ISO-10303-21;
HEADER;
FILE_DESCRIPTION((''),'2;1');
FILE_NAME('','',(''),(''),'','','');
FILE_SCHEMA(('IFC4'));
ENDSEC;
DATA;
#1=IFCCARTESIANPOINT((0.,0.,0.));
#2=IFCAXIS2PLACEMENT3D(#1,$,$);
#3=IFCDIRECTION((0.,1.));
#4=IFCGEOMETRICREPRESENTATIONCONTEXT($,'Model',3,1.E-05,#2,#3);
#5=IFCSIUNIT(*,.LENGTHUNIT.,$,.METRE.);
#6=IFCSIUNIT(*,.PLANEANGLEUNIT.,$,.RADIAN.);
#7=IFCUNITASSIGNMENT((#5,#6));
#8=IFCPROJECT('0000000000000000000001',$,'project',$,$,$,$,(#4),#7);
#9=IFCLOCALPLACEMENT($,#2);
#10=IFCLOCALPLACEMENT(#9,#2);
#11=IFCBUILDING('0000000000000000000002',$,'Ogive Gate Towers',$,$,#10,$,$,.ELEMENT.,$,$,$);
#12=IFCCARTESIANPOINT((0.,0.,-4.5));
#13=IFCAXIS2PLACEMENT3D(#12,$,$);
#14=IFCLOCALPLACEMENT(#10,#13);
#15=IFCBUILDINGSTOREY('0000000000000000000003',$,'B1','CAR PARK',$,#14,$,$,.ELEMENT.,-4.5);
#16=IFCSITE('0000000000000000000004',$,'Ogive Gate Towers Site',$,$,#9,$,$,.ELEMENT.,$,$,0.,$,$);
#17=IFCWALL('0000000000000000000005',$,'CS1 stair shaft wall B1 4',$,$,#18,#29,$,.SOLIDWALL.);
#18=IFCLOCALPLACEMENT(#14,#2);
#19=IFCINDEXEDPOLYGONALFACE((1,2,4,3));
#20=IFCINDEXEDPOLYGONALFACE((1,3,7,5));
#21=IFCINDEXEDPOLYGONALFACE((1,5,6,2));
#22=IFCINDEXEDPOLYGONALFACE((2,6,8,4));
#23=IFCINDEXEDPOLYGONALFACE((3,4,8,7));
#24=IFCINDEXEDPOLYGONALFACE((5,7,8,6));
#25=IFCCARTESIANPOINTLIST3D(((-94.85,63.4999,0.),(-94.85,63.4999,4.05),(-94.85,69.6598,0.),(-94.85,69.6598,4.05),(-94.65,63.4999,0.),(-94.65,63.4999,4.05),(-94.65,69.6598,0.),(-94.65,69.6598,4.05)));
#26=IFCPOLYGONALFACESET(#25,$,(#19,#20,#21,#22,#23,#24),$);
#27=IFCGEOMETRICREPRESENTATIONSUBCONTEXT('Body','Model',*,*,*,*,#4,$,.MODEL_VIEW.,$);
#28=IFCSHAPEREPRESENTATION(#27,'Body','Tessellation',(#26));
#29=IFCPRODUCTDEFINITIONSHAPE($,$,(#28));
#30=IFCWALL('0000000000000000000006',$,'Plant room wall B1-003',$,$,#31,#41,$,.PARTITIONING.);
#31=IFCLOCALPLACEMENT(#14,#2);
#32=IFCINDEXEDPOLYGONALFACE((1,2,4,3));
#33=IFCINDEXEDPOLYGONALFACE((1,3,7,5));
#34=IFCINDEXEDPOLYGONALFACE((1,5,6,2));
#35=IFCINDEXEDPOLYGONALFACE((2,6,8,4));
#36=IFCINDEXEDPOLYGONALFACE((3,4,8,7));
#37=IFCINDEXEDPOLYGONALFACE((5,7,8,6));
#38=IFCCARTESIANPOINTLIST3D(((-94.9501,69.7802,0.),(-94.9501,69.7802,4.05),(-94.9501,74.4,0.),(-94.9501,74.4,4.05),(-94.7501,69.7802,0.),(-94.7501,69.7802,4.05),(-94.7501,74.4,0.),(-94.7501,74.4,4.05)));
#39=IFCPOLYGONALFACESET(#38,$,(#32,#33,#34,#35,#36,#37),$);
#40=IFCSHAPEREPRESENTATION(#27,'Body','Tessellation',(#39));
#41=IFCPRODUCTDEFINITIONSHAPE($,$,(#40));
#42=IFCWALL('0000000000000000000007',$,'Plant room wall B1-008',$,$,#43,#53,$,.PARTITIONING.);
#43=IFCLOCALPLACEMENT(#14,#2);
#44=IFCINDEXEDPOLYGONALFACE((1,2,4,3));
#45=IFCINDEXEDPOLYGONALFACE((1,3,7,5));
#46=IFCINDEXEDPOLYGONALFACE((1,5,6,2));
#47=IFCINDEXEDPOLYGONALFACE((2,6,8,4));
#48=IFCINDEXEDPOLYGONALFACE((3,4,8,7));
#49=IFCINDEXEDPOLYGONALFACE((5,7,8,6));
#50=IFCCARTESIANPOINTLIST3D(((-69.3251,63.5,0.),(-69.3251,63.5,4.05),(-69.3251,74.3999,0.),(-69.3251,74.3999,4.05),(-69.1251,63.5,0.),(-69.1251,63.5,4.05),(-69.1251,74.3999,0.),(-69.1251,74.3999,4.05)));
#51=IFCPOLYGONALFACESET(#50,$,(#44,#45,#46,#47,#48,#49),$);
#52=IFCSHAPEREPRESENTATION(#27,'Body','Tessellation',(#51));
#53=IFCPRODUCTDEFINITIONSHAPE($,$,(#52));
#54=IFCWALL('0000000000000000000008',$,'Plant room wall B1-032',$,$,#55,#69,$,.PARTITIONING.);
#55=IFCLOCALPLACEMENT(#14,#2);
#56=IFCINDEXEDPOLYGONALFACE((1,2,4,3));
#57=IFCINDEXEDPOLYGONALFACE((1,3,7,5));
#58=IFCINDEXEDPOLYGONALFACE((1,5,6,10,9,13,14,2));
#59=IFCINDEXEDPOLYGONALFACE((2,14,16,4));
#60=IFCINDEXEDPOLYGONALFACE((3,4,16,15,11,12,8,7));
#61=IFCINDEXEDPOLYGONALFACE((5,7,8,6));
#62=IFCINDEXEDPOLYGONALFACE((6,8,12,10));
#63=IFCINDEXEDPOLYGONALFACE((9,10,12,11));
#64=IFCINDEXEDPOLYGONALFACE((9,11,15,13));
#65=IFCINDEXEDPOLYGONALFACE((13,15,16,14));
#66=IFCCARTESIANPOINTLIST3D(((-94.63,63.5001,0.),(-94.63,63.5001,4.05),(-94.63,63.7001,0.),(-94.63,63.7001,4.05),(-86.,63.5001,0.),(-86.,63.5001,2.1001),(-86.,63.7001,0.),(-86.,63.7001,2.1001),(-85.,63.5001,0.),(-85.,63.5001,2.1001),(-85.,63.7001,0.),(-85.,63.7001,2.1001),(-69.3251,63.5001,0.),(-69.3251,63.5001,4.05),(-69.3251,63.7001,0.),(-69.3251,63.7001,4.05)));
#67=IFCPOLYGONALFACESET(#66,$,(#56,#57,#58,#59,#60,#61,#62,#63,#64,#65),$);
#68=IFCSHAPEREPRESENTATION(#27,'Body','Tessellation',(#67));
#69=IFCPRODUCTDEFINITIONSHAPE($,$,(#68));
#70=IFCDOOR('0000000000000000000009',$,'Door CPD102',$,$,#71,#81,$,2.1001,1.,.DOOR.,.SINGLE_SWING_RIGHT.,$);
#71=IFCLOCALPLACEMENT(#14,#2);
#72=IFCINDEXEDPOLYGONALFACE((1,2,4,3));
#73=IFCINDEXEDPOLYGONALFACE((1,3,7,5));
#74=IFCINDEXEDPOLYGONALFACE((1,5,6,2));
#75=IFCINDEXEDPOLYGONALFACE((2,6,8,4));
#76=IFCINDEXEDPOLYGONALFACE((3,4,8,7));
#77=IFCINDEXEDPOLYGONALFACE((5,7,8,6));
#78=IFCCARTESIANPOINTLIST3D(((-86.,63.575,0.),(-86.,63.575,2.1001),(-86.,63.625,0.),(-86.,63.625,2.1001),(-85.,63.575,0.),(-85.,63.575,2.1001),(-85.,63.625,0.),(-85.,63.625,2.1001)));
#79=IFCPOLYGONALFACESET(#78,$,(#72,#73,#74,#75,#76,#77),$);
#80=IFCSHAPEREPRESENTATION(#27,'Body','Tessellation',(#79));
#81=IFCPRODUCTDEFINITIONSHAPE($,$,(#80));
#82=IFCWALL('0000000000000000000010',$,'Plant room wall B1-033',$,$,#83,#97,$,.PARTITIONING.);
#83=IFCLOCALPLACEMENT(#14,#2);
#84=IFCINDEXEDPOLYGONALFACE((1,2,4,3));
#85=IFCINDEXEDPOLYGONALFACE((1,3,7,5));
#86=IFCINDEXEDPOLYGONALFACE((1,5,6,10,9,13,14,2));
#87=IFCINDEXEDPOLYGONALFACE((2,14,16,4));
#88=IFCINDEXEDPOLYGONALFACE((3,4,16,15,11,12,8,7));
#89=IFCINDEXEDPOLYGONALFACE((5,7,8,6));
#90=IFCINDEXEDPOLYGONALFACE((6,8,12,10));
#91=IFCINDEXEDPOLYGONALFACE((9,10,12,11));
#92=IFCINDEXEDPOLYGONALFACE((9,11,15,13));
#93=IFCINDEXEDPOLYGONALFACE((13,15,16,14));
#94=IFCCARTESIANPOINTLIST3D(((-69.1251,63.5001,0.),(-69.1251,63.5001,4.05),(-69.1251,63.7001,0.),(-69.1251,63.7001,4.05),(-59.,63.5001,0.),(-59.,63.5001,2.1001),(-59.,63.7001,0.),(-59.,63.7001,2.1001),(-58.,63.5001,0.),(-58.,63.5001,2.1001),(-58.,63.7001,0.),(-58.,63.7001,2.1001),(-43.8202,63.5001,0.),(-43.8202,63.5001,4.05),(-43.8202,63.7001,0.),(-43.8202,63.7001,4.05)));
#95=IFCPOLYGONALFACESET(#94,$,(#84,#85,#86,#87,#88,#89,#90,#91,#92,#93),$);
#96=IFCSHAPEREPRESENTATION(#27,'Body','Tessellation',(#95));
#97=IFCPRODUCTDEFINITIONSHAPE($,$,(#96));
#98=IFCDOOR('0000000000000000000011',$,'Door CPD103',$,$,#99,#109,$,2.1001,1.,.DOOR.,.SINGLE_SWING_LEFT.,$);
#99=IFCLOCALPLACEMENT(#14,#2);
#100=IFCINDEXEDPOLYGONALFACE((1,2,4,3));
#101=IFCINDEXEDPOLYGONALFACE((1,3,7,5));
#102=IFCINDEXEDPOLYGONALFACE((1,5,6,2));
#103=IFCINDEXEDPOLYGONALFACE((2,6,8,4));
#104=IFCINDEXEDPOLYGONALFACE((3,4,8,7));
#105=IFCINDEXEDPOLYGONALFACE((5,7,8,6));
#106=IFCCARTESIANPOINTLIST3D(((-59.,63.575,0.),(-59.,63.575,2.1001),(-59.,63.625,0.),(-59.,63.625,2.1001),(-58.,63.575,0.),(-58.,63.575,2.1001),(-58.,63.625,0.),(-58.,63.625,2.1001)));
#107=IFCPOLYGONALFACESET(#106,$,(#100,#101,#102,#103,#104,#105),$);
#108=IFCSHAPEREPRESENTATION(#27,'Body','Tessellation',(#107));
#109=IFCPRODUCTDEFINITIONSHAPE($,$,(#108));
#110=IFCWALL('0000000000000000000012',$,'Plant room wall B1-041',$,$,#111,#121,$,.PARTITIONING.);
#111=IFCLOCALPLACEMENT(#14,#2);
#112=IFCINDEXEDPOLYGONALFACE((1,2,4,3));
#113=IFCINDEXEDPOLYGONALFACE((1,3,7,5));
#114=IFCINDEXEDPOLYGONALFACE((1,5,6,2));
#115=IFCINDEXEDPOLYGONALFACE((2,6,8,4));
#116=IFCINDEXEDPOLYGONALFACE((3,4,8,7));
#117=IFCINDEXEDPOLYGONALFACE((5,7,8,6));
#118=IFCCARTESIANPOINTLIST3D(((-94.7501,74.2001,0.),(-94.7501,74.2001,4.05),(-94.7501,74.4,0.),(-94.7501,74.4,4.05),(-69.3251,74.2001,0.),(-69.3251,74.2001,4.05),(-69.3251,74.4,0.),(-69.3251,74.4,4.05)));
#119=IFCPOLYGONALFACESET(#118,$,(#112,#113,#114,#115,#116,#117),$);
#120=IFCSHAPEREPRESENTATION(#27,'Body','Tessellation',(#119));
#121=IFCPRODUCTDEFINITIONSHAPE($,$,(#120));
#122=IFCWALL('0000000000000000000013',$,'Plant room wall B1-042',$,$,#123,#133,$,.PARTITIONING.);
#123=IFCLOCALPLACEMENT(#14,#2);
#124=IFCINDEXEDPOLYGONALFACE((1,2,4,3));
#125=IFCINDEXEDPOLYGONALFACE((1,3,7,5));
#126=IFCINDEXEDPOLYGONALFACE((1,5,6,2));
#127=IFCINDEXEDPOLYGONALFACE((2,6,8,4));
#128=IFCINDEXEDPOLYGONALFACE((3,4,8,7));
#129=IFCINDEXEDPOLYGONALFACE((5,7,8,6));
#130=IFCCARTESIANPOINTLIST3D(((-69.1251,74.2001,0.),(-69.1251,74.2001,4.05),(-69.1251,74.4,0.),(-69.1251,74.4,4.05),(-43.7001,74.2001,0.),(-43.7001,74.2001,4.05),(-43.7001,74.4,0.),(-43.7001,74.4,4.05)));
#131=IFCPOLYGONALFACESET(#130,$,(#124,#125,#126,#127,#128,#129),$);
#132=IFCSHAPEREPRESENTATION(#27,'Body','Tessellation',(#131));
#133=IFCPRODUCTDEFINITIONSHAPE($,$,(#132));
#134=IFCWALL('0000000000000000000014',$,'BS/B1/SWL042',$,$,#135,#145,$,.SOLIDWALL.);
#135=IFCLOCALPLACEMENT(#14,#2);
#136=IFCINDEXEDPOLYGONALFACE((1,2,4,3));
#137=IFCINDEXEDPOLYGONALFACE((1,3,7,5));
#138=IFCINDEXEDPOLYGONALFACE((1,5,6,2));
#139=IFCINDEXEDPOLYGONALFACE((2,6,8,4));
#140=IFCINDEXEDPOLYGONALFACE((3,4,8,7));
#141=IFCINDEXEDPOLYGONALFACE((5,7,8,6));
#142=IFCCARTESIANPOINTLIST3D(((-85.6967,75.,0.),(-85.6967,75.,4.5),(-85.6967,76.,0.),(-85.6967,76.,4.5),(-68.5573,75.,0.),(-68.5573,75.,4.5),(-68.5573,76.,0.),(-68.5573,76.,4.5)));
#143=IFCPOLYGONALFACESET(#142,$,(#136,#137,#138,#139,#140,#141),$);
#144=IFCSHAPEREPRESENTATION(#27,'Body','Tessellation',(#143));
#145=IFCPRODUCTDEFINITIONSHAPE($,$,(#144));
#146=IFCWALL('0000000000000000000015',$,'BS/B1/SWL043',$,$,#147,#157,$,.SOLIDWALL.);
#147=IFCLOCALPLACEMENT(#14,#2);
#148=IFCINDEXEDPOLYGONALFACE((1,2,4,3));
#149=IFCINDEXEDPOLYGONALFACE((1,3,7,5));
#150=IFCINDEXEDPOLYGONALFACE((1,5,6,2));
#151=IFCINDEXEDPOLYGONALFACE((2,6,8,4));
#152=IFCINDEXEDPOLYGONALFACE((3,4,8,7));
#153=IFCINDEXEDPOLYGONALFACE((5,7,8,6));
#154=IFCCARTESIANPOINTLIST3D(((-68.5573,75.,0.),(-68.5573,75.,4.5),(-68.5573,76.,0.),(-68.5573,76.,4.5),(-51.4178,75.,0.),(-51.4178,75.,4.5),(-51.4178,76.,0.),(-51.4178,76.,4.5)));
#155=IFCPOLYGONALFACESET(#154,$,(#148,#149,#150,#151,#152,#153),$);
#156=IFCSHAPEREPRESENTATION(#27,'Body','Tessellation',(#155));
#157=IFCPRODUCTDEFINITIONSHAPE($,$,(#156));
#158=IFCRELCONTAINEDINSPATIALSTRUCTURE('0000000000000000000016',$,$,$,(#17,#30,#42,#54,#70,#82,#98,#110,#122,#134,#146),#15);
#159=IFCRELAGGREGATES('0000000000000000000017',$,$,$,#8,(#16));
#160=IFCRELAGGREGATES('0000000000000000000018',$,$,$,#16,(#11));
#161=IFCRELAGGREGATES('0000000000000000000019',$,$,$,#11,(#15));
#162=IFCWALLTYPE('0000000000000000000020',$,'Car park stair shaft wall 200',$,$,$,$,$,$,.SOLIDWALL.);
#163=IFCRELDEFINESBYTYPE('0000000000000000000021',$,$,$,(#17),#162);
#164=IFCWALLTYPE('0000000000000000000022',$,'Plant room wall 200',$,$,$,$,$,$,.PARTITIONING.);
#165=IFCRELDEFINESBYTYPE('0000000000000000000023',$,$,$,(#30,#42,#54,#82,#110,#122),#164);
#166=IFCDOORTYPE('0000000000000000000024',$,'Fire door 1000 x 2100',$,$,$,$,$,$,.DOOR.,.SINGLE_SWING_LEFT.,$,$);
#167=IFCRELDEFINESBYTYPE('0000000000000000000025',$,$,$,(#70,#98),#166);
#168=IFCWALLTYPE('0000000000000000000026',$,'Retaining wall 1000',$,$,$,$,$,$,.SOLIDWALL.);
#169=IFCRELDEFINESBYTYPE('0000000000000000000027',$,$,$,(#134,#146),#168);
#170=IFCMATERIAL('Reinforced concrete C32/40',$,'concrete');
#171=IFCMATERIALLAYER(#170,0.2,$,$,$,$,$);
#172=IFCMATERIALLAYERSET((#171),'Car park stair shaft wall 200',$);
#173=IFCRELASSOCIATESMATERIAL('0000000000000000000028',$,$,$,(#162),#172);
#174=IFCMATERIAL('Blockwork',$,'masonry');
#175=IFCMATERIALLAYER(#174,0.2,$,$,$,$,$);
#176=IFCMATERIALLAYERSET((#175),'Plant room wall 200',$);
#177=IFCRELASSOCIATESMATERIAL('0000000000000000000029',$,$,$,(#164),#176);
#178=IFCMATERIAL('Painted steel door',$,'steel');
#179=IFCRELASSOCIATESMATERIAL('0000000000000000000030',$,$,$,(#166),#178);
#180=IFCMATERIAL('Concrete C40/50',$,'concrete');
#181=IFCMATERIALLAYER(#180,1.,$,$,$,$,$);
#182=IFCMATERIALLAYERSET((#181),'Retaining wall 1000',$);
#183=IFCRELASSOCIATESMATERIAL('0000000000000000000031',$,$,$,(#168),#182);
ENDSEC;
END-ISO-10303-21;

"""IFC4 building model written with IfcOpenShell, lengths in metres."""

from ifc_helpers import new_model, si_unit, direction, frame, frame_2d, origin, place, context, subcontext, project, spatial, rectangle, extrude, material, layer, layer_set, type_object, element, fill, save


model = new_model("IFC4")

# Units and contexts
model_context = context("Model", 3, precision=1e-05, world=origin(), true_north=direction((0.0, 1.0)))
body_context = subcontext(model_context, "Body", "Model", "MODEL_VIEW")
ifc_project = project(units=[si_unit("LENGTHUNIT", "METRE"), si_unit("PLANEANGLEUNIT", "RADIAN")], contexts=[model_context])

# Site, building, storey
site_placement = place(None, origin())
site = spatial("IfcSite", under=ifc_project, at=site_placement, Name="Ogive Gate Towers Site", CompositionType="ELEMENT", RefElevation=0.0)
building_placement = place(site_placement, origin())
building = spatial("IfcBuilding", under=site, at=building_placement, Name="Ogive Gate Towers", CompositionType="ELEMENT")
storey_placement = place(building_placement, frame((0.0, 0.0, -4.5)))
storey = spatial("IfcBuildingStorey", under=building, at=storey_placement, Name="B1", Description="CAR PARK", CompositionType="ELEMENT", Elevation=-4.5)

# Shared definitions
ifc_material_1 = material(Name="Concrete C40/50", Category="concrete")

# Shared definitions
ifc_material_2 = material(Name="Reinforced concrete C32/40", Category="concrete")
ifc_layer_1 = layer(ifc_material_2, 0.2)
ifc_layer_set_1 = layer_set([ifc_layer_1], Name="Car park stair shaft wall 200")
wall_type_1 = type_object("IfcWallType", Name="Car park stair shaft wall 200", PredefinedType="SOLIDWALL", material=ifc_layer_set_1)
ifc_material_3 = material(Name="Painted steel door", Category="steel")

# Walls
wall_1_placement = place(storey_placement, frame((-94.75, 69.6599, 0.0), z_axis=(0.0, 0.0, 1.0), x_axis=(0.0, -1.0, 0.0)))
element("IfcWall", 1, at=wall_1_placement, inside=storey, type_object=wall_type_1, Name="CS1 stair shaft wall B1 4", PredefinedType="SOLIDWALL", context=body_context, shape_type="SweptSolid", body=[
    extrude(rectangle(XDim=6.1599, YDim=0.2, at=frame_2d((3.0801, 0.0))), origin(), (0.0, 0.0, 1.0), 4.05),
])
ifc_material_4 = material(Name="Blockwork", Category="masonry")
ifc_layer_2 = layer(ifc_material_4, 0.2)
ifc_layer_set_2 = layer_set([ifc_layer_2], Name="Plant room wall 200")
wall_type_2 = type_object("IfcWallType", Name="Plant room wall 200", PredefinedType="PARTITIONING", material=ifc_layer_set_2)
wall_2_placement = place(storey_placement, frame((-94.8501, 69.78, 0.0), z_axis=(0.0, 0.0, 1.0), x_axis=(0.0, 1.0, 0.0)))
element("IfcWall", 2, at=wall_2_placement, inside=storey, type_object=wall_type_2, Name="Plant room wall B1-003", PredefinedType="PARTITIONING", context=body_context, shape_type="SweptSolid", body=[
    extrude(rectangle(XDim=4.6199, YDim=0.2, at=frame_2d((2.3101, 0.0))), origin(), (0.0, 0.0, 1.0), 4.05),
])
wall_3_placement = place(storey_placement, frame((-69.2251, 63.5, 0.0), z_axis=(0.0, 0.0, 1.0), x_axis=(0.0, 1.0, 0.0)))
element("IfcWall", 3, at=wall_3_placement, inside=storey, type_object=wall_type_2, Name="Plant room wall B1-008", PredefinedType="PARTITIONING", context=body_context, shape_type="SweptSolid", body=[
    extrude(rectangle(XDim=10.8999, YDim=0.2, at=frame_2d((5.45, 0.0))), origin(), (0.0, 0.0, 1.0), 4.05),
])

# Walls, openings, doors
wall_4_placement = place(storey_placement, frame((-94.6299, 63.6001, 0.0), z_axis=(0.0, 0.0, 1.0), x_axis=(1.0, 0.0, 0.0)))
wall_4 = element("IfcWall", 4, at=wall_4_placement, inside=storey, type_object=wall_type_2, Name="Plant room wall B1-032", PredefinedType="PARTITIONING", context=body_context, shape_type="SweptSolid", body=[
    extrude(rectangle(XDim=25.3049, YDim=0.2, at=frame_2d((12.6523, 0.0))), origin(), (0.0, 0.0, 1.0), 4.05),
])
opening_1_placement = place(wall_4_placement, frame((8.6299, 0.0, 0.0)))
opening_1 = element("IfcOpeningElement", 5, at=opening_1_placement, cuts=wall_4, PredefinedType="OPENING", context=body_context, shape_type="SweptSolid", body=[
    extrude(rectangle(XDim=1.0, YDim=2.1001, at=frame_2d((0.5, 1.05))), frame((0.0, 0.1099, 0.0), z_axis=(0.0, -1.0, 0.0), x_axis=(1.0, 0.0, 0.0)), (0.0, 0.0, 1.0), 0.22),
])
door_type_1 = type_object("IfcDoorType", Name="Fire door 1000 x 2100", OperationType="SINGLE_SWING_LEFT", PredefinedType="DOOR", material=ifc_material_3)
door_1_placement = place(opening_1_placement, origin())
door_1 = element("IfcDoor", 6, at=door_1_placement, inside=storey, type_object=door_type_1, Name="Door CPD102", OperationType="SINGLE_SWING_RIGHT", OverallHeight=2.1001, OverallWidth=1.0, PredefinedType="DOOR", context=body_context, shape_type="SweptSolid", body=[
    extrude(rectangle(XDim=1.0, YDim=2.1001, at=frame_2d((0.5, 1.05))), frame((0.0, 0.0249, 0.0), z_axis=(0.0, -1.0, 0.0), x_axis=(1.0, 0.0, 0.0)), (0.0, 0.0, 1.0), 0.05),
])
fill(opening_1, door_1)
wall_5_placement = place(storey_placement, frame((-69.125, 63.6001, 0.0), z_axis=(0.0, 0.0, 1.0), x_axis=(1.0, 0.0, 0.0)))
wall_5 = element("IfcWall", 7, at=wall_5_placement, inside=storey, type_object=wall_type_2, Name="Plant room wall B1-033", PredefinedType="PARTITIONING", context=body_context, shape_type="SweptSolid", body=[
    extrude(rectangle(XDim=25.3049, YDim=0.2, at=frame_2d((12.6523, 0.0))), origin(), (0.0, 0.0, 1.0), 4.05),
])
opening_2_placement = place(wall_5_placement, frame((10.125, 0.0, 0.0)))
opening_2 = element("IfcOpeningElement", 8, at=opening_2_placement, cuts=wall_5, PredefinedType="OPENING", context=body_context, shape_type="SweptSolid", body=[
    extrude(rectangle(XDim=1.0, YDim=2.1001, at=frame_2d((0.5, 1.05))), frame((0.0, 0.1099, 0.0), z_axis=(0.0, -1.0, 0.0), x_axis=(1.0, 0.0, 0.0)), (0.0, 0.0, 1.0), 0.22),
])
door_2_placement = place(opening_2_placement, origin())
door_2 = element("IfcDoor", 9, at=door_2_placement, inside=storey, type_object=door_type_1, Name="Door CPD103", OperationType="SINGLE_SWING_LEFT", OverallHeight=2.1001, OverallWidth=1.0, PredefinedType="DOOR", context=body_context, shape_type="SweptSolid", body=[
    extrude(rectangle(XDim=1.0, YDim=2.1001, at=frame_2d((0.5, 1.05))), frame((0.0, 0.0249, 0.0), z_axis=(0.0, -1.0, 0.0), x_axis=(1.0, 0.0, 0.0)), (0.0, 0.0, 1.0), 0.05),
])
fill(opening_2, door_2)

# Walls
for number, where, z_axis, x_axis, name in (
    (10, (-94.75, 74.3, 0.0), (0.0, 0.0, 1.0), (1.0, 0.0, 0.0), "Plant room wall B1-041"),
    (11, (-69.125, 74.3, 0.0), (0.0, 0.0, 1.0), (1.0, 0.0, 0.0), "Plant room wall B1-042"),
):
    element("IfcWall", number, at=place(storey_placement, frame(where, z_axis=z_axis, x_axis=x_axis)), inside=storey, type_object=wall_type_2, Name=name, PredefinedType="PARTITIONING", context=body_context, shape_type="SweptSolid", body=[
        extrude(rectangle(XDim=25.425, YDim=0.2, at=frame_2d((12.7124, 0.0))), origin(), (0.0, 0.0, 1.0), 4.05),
    ])
ifc_layer_3 = layer(ifc_material_1, 1.0)
ifc_layer_set_3 = layer_set([ifc_layer_3], Name="Retaining wall 1000")
wall_type_3 = type_object("IfcWallType", Name="Retaining wall 1000", PredefinedType="SOLIDWALL", material=ifc_layer_set_3)
for number, where, z_axis, x_axis, name in (
    (12, (-85.6968, 75.5, 0.0), (0.0, 0.0, 1.0), (1.0, 0.0, 0.0), "BS/B1/SWL042"),
    (13, (-68.5574, 75.5, 0.0), (0.0, 0.0, 1.0), (1.0, 0.0, 0.0), "BS/B1/SWL043"),
):
    element("IfcWall", number, at=place(storey_placement, frame(where, z_axis=z_axis, x_axis=x_axis)), inside=storey, type_object=wall_type_3, Name=name, PredefinedType="SOLIDWALL", context=body_context, shape_type="SweptSolid", body=[
        extrude(rectangle(XDim=17.1394, YDim=1.0, at=frame_2d((8.5698, 0.0))), origin(), (0.0, 0.0, 1.0), 4.5),
    ])

save(model, "model.ifc")
